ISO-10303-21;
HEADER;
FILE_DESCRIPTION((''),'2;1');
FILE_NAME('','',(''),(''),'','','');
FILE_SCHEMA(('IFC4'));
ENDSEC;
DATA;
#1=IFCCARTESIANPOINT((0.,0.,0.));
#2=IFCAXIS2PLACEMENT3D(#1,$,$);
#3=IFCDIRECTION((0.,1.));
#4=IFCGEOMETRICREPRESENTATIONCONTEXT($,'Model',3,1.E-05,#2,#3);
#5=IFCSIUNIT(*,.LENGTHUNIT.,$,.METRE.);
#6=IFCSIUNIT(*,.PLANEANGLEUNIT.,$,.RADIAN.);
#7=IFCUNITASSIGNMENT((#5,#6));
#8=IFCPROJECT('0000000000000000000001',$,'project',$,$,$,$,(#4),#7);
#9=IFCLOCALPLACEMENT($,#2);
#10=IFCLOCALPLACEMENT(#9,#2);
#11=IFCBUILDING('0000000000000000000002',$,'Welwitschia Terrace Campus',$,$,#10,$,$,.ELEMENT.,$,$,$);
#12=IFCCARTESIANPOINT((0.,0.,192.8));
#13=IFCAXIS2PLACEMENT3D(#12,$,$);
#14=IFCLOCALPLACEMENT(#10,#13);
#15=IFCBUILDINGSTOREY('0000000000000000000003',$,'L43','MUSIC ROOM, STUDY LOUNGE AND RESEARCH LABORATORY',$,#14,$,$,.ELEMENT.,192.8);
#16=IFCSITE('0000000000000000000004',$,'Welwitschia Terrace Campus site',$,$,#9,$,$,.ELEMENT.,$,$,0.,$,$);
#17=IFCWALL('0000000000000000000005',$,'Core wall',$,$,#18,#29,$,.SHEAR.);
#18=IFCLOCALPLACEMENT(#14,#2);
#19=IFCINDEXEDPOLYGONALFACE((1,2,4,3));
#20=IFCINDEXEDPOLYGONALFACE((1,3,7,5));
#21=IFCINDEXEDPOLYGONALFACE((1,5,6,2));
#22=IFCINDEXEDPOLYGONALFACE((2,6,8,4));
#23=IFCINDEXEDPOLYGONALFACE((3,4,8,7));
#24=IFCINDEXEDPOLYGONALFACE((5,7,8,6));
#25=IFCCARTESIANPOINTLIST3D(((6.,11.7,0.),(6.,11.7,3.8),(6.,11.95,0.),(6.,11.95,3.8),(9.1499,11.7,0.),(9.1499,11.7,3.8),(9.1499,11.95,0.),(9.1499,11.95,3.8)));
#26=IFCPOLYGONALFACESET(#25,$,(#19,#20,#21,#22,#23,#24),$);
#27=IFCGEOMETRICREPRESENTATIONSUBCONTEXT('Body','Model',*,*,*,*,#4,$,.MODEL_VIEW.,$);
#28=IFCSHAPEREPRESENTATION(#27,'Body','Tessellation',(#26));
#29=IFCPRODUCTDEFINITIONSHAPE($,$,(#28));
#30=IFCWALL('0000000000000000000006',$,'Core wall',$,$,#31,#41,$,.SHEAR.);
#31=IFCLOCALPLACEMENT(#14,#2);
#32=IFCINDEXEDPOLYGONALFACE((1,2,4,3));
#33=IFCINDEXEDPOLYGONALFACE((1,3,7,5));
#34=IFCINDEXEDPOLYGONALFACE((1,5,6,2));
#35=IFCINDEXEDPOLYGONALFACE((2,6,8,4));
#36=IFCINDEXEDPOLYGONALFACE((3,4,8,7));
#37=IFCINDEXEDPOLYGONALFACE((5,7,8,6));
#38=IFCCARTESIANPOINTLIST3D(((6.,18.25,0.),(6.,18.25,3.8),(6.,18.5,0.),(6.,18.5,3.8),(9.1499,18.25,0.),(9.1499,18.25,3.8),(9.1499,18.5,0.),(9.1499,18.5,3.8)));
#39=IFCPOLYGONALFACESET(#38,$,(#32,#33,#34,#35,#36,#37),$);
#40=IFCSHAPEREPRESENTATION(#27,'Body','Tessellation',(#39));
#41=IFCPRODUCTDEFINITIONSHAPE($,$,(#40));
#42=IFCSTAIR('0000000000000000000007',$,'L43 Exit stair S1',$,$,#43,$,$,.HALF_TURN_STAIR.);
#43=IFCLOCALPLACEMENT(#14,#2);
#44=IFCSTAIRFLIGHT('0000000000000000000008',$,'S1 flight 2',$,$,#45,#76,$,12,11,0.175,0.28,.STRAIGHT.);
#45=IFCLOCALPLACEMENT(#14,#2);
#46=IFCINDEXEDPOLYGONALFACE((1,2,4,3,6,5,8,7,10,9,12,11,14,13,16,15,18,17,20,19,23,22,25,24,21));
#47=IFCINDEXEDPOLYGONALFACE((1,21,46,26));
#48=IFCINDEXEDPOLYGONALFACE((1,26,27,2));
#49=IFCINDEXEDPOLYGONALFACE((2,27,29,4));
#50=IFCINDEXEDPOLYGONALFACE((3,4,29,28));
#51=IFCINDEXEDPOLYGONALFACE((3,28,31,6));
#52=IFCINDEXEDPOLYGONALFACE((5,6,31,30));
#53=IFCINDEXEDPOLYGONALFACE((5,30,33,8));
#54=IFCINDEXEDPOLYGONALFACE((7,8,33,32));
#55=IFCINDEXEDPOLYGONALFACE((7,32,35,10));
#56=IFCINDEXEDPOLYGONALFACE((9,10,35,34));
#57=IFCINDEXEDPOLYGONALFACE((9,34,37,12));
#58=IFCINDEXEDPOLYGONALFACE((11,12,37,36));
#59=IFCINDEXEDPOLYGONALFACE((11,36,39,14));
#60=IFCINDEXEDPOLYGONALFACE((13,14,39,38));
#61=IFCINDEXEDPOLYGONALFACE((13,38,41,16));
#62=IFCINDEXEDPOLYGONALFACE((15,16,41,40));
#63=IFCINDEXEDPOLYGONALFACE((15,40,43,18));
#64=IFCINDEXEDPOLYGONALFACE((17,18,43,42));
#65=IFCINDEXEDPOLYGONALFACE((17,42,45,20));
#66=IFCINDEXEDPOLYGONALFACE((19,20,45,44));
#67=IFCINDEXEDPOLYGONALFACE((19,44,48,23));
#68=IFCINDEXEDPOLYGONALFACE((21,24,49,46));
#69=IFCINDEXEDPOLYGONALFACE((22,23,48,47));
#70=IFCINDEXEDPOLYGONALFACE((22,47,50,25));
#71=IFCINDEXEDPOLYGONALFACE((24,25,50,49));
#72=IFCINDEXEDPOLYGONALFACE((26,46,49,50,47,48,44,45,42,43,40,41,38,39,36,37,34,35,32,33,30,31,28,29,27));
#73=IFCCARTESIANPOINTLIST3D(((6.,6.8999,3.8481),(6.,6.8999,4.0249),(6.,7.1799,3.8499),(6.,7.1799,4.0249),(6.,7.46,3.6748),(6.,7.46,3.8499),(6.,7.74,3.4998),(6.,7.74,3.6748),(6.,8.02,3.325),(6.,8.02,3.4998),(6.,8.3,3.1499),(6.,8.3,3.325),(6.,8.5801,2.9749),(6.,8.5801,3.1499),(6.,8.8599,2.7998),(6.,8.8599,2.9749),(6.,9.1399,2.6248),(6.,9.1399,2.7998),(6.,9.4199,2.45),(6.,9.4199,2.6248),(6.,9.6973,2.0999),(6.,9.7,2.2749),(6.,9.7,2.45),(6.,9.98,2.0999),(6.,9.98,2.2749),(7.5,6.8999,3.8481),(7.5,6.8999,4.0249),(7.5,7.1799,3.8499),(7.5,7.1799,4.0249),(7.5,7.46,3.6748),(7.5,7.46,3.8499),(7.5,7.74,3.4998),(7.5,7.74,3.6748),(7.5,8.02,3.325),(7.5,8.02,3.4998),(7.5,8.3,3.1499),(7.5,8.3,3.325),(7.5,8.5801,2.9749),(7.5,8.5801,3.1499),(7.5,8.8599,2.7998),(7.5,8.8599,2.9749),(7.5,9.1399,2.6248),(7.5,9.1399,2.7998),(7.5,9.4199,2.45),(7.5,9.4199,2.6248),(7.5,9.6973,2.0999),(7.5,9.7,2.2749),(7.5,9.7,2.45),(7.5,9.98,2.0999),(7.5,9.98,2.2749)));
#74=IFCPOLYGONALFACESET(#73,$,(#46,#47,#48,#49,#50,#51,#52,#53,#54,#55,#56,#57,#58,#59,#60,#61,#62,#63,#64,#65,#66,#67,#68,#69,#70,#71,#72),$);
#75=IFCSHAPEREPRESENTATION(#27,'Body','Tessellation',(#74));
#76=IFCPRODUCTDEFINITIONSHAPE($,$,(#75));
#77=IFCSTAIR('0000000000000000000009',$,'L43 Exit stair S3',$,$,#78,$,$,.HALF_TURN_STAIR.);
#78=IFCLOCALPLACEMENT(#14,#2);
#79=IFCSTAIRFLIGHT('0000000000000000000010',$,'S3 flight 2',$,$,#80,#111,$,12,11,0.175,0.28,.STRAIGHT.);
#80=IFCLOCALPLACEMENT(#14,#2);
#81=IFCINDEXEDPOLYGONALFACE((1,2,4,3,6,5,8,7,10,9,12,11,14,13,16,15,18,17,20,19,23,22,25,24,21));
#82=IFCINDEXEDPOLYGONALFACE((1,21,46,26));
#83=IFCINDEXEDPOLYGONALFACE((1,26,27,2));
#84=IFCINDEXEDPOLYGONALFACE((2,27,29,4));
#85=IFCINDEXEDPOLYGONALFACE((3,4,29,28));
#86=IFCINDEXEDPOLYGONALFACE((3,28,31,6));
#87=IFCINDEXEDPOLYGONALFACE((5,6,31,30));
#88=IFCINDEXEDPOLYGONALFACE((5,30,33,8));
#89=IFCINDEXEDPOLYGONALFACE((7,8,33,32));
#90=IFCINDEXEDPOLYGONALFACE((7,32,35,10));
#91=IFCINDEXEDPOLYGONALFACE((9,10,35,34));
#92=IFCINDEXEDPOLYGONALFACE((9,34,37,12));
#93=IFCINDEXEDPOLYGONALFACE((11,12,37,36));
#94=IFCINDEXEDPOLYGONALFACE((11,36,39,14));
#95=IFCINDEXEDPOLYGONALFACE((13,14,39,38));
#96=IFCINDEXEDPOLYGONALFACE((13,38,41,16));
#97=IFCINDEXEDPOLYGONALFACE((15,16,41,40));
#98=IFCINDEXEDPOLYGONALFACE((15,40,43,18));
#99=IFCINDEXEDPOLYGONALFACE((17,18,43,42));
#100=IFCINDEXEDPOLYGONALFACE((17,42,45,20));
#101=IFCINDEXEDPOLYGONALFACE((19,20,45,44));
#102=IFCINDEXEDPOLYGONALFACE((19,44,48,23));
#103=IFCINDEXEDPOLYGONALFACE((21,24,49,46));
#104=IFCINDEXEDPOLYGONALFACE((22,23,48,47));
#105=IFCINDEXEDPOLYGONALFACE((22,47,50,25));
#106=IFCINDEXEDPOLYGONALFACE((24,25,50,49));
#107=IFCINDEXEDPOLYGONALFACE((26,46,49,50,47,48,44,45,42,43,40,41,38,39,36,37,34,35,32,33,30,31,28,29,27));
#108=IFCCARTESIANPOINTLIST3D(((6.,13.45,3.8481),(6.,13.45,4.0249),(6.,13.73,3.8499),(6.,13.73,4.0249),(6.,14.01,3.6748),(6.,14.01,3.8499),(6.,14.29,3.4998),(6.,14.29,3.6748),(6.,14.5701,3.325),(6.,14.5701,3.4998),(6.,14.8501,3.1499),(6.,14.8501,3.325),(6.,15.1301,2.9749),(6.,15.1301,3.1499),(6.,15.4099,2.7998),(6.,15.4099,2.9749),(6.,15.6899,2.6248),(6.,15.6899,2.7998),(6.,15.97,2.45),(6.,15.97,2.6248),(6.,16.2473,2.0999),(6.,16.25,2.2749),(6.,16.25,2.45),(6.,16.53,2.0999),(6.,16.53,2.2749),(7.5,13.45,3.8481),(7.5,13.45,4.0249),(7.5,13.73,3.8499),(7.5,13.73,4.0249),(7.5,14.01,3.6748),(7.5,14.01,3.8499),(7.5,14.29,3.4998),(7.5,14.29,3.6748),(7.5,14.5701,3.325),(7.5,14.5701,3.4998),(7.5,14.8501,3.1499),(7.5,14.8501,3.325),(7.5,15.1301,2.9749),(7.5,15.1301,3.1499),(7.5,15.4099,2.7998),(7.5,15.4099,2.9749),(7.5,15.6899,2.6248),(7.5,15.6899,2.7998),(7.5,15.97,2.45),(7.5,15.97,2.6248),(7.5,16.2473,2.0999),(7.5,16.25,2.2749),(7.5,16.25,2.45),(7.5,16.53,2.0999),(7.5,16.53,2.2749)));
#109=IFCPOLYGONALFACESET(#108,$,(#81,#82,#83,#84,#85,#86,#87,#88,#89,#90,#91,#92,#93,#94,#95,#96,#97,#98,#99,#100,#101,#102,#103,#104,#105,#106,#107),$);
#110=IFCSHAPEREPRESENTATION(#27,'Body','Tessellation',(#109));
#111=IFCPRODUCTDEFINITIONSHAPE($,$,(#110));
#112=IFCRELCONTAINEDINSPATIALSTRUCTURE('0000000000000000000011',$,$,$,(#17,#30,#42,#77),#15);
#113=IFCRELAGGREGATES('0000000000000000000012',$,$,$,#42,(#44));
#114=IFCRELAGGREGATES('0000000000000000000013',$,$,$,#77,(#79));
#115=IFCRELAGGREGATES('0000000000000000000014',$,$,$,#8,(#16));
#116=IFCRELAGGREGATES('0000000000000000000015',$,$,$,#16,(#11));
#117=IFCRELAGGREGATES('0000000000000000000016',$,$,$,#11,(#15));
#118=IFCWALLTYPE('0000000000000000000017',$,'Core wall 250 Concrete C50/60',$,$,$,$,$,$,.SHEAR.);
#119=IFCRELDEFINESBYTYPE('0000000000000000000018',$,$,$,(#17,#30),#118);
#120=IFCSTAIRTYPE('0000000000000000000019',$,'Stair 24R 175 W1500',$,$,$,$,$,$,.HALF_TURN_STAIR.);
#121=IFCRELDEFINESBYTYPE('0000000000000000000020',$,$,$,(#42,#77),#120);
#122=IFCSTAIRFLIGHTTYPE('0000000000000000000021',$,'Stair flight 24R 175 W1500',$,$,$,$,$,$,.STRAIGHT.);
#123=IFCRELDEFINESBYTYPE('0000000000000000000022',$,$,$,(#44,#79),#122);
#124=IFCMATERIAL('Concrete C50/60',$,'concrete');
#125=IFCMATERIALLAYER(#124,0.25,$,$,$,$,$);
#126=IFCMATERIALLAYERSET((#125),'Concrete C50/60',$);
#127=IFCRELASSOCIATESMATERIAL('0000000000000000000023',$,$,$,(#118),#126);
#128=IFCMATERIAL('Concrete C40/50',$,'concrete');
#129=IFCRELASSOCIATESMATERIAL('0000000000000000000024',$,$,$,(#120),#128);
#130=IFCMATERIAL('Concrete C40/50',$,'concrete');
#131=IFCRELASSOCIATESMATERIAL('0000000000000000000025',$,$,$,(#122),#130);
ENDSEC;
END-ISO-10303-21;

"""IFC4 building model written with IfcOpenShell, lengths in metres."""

from ifc_helpers import new_model, si_unit, direction, frame, frame_2d, origin, place, context, subcontext, project, spatial, polyline, rectangle, outline, extrude, material, layer, layer_set, type_object, element, aggregate, save


model = new_model("IFC4")

# Units and contexts
model_context = context("Model", 3, precision=1e-05, world=origin(), true_north=direction((0.0, 1.0)))
body_context = subcontext(model_context, "Body", "Model", "MODEL_VIEW")
ifc_project = project(units=[si_unit("LENGTHUNIT", "METRE"), si_unit("PLANEANGLEUNIT", "RADIAN")], contexts=[model_context])

# Site, building, storey
site_placement = place(None, origin())
site = spatial("IfcSite", under=ifc_project, at=site_placement, Name="Welwitschia Terrace Campus site", CompositionType="ELEMENT", RefElevation=0.0)
building_placement = place(site_placement, origin())
building = spatial("IfcBuilding", under=site, at=building_placement, Name="Welwitschia Terrace Campus", CompositionType="ELEMENT")
storey_placement = place(building_placement, frame((0.0, 0.0, 192.8)))
storey = spatial("IfcBuildingStorey", under=building, at=storey_placement, Name="L43", Description="MUSIC ROOM, STUDY LOUNGE AND RESEARCH LABORATORY", CompositionType="ELEMENT", Elevation=192.8)

# Walls
ifc_material_1 = material(Name="Concrete C50/60", Category="concrete")
ifc_layer_1 = layer(ifc_material_1, 0.25)
ifc_layer_set_1 = layer_set([ifc_layer_1], Name="Concrete C50/60")
wall_type = type_object("IfcWallType", Name="Core wall 250 Concrete C50/60", PredefinedType="SHEAR", material=ifc_layer_set_1)
for number, where, z_axis, x_axis, name in (
    (1, (6.0, 11.825, 0.0), (0.0, 0.0, 1.0), (1.0, 0.0, 0.0), "Core wall"),
    (2, (6.0, 18.375, 0.0), (0.0, 0.0, 1.0), (1.0, 0.0, 0.0), "Core wall"),
):
    element("IfcWall", number, at=place(storey_placement, frame(where, z_axis=z_axis, x_axis=x_axis)), inside=storey, type_object=wall_type, Name=name, PredefinedType="SHEAR", context=body_context, shape_type="SweptSolid", body=[
        extrude(rectangle(XDim=3.1499, YDim=0.25, at=frame_2d((1.575, 0.0))), origin(), (0.0, 0.0, 1.0), 3.8),
    ])

# Stairs, stair flights
ifc_material_2 = material(Name="Concrete C40/50", Category="concrete")
stair_type = type_object("IfcStairType", Name="Stair 24R 175 W1500", PredefinedType="HALF_TURN_STAIR", material=ifc_material_2)
stair_1_placement = place(storey_placement, origin())
stair_1 = element("IfcStair", 3, at=stair_1_placement, inside=storey, type_object=stair_type, Name="L43 Exit stair S1", PredefinedType="HALF_TURN_STAIR")
ifc_material_3 = material(Name="Concrete C40/50", Category="concrete")
stair_flight_type = type_object("IfcStairFlightType", Name="Stair flight 24R 175 W1500", PredefinedType="STRAIGHT", material=ifc_material_3)
stair_flight_1_placement = place(storey_placement, frame((6.75, 9.98, 2.0999), z_axis=(0.0, 0.0, 1.0), x_axis=(0.0, -1.0, 0.0)))
stair_flight_1 = element("IfcStairFlight", 4, at=stair_flight_1_placement, type_object=stair_flight_type, Name="S1 flight 2", NumberOfRisers=12, NumberOfTreads=11, PredefinedType="STRAIGHT", RiserHeight=0.175, TreadLength=0.28, context=body_context, shape_type="SweptSolid", body=[
    extrude(outline(polyline([(0.0, 0.0), (0.0, 0.175), (0.28, 0.175), (0.28, 0.3501), (0.5601, 0.3501), (0.5601, 0.5249), (0.8401, 0.5249), (0.8401, 0.7), (1.1201, 0.7), (1.1201, 0.875), (1.3999, 0.875), (1.3999, 1.05), (1.6799, 1.05), (1.6799, 1.2251), (1.96, 1.2251), (1.96, 1.3999), (2.24, 1.3999), (2.24, 1.575), (2.52, 1.575), (2.52, 1.75), (2.8, 1.75), (2.8, 1.925), (3.0801, 1.925), (3.0801, 2.1001), (3.0801, 1.7483), (0.2827, 0.0), (0.0, 0.0)])), frame((0.0, 0.75, 0.0), z_axis=(0.0, -1.0, 0.0), x_axis=(1.0, 0.0, 0.0)), (0.0, 0.0, 1.0), 1.5),
])
aggregate(stair_1, [stair_flight_1])
stair_2_placement = place(storey_placement, origin())
stair_2 = element("IfcStair", 5, at=stair_2_placement, inside=storey, type_object=stair_type, Name="L43 Exit stair S3", PredefinedType="HALF_TURN_STAIR")
stair_flight_2_placement = place(storey_placement, frame((6.75, 16.53, 2.0999), z_axis=(0.0, 0.0, 1.0), x_axis=(0.0, -1.0, 0.0)))
stair_flight_2 = element("IfcStairFlight", 6, at=stair_flight_2_placement, type_object=stair_flight_type, Name="S3 flight 2", NumberOfRisers=12, NumberOfTreads=11, PredefinedType="STRAIGHT", RiserHeight=0.175, TreadLength=0.28, context=body_context, shape_type="SweptSolid", body=[
    extrude(outline(polyline([(0.0, 0.0), (0.0, 0.175), (0.28, 0.175), (0.28, 0.3501), (0.5601, 0.3501), (0.5601, 0.5249), (0.8401, 0.5249), (0.8401, 0.7), (1.1201, 0.7), (1.1201, 0.875), (1.3999, 0.875), (1.3999, 1.05), (1.6799, 1.05), (1.6799, 1.2251), (1.96, 1.2251), (1.96, 1.3999), (2.24, 1.3999), (2.24, 1.575), (2.52, 1.575), (2.52, 1.75), (2.8, 1.75), (2.8, 1.925), (3.0801, 1.925), (3.0801, 2.1001), (3.0801, 1.7483), (0.2827, 0.0), (0.0, 0.0)])), frame((0.0, 0.75, 0.0), z_axis=(0.0, -1.0, 0.0), x_axis=(1.0, 0.0, 0.0)), (0.0, 0.0, 1.0), 1.5),
])
aggregate(stair_2, [stair_flight_2])

save(model, "model.ifc")
